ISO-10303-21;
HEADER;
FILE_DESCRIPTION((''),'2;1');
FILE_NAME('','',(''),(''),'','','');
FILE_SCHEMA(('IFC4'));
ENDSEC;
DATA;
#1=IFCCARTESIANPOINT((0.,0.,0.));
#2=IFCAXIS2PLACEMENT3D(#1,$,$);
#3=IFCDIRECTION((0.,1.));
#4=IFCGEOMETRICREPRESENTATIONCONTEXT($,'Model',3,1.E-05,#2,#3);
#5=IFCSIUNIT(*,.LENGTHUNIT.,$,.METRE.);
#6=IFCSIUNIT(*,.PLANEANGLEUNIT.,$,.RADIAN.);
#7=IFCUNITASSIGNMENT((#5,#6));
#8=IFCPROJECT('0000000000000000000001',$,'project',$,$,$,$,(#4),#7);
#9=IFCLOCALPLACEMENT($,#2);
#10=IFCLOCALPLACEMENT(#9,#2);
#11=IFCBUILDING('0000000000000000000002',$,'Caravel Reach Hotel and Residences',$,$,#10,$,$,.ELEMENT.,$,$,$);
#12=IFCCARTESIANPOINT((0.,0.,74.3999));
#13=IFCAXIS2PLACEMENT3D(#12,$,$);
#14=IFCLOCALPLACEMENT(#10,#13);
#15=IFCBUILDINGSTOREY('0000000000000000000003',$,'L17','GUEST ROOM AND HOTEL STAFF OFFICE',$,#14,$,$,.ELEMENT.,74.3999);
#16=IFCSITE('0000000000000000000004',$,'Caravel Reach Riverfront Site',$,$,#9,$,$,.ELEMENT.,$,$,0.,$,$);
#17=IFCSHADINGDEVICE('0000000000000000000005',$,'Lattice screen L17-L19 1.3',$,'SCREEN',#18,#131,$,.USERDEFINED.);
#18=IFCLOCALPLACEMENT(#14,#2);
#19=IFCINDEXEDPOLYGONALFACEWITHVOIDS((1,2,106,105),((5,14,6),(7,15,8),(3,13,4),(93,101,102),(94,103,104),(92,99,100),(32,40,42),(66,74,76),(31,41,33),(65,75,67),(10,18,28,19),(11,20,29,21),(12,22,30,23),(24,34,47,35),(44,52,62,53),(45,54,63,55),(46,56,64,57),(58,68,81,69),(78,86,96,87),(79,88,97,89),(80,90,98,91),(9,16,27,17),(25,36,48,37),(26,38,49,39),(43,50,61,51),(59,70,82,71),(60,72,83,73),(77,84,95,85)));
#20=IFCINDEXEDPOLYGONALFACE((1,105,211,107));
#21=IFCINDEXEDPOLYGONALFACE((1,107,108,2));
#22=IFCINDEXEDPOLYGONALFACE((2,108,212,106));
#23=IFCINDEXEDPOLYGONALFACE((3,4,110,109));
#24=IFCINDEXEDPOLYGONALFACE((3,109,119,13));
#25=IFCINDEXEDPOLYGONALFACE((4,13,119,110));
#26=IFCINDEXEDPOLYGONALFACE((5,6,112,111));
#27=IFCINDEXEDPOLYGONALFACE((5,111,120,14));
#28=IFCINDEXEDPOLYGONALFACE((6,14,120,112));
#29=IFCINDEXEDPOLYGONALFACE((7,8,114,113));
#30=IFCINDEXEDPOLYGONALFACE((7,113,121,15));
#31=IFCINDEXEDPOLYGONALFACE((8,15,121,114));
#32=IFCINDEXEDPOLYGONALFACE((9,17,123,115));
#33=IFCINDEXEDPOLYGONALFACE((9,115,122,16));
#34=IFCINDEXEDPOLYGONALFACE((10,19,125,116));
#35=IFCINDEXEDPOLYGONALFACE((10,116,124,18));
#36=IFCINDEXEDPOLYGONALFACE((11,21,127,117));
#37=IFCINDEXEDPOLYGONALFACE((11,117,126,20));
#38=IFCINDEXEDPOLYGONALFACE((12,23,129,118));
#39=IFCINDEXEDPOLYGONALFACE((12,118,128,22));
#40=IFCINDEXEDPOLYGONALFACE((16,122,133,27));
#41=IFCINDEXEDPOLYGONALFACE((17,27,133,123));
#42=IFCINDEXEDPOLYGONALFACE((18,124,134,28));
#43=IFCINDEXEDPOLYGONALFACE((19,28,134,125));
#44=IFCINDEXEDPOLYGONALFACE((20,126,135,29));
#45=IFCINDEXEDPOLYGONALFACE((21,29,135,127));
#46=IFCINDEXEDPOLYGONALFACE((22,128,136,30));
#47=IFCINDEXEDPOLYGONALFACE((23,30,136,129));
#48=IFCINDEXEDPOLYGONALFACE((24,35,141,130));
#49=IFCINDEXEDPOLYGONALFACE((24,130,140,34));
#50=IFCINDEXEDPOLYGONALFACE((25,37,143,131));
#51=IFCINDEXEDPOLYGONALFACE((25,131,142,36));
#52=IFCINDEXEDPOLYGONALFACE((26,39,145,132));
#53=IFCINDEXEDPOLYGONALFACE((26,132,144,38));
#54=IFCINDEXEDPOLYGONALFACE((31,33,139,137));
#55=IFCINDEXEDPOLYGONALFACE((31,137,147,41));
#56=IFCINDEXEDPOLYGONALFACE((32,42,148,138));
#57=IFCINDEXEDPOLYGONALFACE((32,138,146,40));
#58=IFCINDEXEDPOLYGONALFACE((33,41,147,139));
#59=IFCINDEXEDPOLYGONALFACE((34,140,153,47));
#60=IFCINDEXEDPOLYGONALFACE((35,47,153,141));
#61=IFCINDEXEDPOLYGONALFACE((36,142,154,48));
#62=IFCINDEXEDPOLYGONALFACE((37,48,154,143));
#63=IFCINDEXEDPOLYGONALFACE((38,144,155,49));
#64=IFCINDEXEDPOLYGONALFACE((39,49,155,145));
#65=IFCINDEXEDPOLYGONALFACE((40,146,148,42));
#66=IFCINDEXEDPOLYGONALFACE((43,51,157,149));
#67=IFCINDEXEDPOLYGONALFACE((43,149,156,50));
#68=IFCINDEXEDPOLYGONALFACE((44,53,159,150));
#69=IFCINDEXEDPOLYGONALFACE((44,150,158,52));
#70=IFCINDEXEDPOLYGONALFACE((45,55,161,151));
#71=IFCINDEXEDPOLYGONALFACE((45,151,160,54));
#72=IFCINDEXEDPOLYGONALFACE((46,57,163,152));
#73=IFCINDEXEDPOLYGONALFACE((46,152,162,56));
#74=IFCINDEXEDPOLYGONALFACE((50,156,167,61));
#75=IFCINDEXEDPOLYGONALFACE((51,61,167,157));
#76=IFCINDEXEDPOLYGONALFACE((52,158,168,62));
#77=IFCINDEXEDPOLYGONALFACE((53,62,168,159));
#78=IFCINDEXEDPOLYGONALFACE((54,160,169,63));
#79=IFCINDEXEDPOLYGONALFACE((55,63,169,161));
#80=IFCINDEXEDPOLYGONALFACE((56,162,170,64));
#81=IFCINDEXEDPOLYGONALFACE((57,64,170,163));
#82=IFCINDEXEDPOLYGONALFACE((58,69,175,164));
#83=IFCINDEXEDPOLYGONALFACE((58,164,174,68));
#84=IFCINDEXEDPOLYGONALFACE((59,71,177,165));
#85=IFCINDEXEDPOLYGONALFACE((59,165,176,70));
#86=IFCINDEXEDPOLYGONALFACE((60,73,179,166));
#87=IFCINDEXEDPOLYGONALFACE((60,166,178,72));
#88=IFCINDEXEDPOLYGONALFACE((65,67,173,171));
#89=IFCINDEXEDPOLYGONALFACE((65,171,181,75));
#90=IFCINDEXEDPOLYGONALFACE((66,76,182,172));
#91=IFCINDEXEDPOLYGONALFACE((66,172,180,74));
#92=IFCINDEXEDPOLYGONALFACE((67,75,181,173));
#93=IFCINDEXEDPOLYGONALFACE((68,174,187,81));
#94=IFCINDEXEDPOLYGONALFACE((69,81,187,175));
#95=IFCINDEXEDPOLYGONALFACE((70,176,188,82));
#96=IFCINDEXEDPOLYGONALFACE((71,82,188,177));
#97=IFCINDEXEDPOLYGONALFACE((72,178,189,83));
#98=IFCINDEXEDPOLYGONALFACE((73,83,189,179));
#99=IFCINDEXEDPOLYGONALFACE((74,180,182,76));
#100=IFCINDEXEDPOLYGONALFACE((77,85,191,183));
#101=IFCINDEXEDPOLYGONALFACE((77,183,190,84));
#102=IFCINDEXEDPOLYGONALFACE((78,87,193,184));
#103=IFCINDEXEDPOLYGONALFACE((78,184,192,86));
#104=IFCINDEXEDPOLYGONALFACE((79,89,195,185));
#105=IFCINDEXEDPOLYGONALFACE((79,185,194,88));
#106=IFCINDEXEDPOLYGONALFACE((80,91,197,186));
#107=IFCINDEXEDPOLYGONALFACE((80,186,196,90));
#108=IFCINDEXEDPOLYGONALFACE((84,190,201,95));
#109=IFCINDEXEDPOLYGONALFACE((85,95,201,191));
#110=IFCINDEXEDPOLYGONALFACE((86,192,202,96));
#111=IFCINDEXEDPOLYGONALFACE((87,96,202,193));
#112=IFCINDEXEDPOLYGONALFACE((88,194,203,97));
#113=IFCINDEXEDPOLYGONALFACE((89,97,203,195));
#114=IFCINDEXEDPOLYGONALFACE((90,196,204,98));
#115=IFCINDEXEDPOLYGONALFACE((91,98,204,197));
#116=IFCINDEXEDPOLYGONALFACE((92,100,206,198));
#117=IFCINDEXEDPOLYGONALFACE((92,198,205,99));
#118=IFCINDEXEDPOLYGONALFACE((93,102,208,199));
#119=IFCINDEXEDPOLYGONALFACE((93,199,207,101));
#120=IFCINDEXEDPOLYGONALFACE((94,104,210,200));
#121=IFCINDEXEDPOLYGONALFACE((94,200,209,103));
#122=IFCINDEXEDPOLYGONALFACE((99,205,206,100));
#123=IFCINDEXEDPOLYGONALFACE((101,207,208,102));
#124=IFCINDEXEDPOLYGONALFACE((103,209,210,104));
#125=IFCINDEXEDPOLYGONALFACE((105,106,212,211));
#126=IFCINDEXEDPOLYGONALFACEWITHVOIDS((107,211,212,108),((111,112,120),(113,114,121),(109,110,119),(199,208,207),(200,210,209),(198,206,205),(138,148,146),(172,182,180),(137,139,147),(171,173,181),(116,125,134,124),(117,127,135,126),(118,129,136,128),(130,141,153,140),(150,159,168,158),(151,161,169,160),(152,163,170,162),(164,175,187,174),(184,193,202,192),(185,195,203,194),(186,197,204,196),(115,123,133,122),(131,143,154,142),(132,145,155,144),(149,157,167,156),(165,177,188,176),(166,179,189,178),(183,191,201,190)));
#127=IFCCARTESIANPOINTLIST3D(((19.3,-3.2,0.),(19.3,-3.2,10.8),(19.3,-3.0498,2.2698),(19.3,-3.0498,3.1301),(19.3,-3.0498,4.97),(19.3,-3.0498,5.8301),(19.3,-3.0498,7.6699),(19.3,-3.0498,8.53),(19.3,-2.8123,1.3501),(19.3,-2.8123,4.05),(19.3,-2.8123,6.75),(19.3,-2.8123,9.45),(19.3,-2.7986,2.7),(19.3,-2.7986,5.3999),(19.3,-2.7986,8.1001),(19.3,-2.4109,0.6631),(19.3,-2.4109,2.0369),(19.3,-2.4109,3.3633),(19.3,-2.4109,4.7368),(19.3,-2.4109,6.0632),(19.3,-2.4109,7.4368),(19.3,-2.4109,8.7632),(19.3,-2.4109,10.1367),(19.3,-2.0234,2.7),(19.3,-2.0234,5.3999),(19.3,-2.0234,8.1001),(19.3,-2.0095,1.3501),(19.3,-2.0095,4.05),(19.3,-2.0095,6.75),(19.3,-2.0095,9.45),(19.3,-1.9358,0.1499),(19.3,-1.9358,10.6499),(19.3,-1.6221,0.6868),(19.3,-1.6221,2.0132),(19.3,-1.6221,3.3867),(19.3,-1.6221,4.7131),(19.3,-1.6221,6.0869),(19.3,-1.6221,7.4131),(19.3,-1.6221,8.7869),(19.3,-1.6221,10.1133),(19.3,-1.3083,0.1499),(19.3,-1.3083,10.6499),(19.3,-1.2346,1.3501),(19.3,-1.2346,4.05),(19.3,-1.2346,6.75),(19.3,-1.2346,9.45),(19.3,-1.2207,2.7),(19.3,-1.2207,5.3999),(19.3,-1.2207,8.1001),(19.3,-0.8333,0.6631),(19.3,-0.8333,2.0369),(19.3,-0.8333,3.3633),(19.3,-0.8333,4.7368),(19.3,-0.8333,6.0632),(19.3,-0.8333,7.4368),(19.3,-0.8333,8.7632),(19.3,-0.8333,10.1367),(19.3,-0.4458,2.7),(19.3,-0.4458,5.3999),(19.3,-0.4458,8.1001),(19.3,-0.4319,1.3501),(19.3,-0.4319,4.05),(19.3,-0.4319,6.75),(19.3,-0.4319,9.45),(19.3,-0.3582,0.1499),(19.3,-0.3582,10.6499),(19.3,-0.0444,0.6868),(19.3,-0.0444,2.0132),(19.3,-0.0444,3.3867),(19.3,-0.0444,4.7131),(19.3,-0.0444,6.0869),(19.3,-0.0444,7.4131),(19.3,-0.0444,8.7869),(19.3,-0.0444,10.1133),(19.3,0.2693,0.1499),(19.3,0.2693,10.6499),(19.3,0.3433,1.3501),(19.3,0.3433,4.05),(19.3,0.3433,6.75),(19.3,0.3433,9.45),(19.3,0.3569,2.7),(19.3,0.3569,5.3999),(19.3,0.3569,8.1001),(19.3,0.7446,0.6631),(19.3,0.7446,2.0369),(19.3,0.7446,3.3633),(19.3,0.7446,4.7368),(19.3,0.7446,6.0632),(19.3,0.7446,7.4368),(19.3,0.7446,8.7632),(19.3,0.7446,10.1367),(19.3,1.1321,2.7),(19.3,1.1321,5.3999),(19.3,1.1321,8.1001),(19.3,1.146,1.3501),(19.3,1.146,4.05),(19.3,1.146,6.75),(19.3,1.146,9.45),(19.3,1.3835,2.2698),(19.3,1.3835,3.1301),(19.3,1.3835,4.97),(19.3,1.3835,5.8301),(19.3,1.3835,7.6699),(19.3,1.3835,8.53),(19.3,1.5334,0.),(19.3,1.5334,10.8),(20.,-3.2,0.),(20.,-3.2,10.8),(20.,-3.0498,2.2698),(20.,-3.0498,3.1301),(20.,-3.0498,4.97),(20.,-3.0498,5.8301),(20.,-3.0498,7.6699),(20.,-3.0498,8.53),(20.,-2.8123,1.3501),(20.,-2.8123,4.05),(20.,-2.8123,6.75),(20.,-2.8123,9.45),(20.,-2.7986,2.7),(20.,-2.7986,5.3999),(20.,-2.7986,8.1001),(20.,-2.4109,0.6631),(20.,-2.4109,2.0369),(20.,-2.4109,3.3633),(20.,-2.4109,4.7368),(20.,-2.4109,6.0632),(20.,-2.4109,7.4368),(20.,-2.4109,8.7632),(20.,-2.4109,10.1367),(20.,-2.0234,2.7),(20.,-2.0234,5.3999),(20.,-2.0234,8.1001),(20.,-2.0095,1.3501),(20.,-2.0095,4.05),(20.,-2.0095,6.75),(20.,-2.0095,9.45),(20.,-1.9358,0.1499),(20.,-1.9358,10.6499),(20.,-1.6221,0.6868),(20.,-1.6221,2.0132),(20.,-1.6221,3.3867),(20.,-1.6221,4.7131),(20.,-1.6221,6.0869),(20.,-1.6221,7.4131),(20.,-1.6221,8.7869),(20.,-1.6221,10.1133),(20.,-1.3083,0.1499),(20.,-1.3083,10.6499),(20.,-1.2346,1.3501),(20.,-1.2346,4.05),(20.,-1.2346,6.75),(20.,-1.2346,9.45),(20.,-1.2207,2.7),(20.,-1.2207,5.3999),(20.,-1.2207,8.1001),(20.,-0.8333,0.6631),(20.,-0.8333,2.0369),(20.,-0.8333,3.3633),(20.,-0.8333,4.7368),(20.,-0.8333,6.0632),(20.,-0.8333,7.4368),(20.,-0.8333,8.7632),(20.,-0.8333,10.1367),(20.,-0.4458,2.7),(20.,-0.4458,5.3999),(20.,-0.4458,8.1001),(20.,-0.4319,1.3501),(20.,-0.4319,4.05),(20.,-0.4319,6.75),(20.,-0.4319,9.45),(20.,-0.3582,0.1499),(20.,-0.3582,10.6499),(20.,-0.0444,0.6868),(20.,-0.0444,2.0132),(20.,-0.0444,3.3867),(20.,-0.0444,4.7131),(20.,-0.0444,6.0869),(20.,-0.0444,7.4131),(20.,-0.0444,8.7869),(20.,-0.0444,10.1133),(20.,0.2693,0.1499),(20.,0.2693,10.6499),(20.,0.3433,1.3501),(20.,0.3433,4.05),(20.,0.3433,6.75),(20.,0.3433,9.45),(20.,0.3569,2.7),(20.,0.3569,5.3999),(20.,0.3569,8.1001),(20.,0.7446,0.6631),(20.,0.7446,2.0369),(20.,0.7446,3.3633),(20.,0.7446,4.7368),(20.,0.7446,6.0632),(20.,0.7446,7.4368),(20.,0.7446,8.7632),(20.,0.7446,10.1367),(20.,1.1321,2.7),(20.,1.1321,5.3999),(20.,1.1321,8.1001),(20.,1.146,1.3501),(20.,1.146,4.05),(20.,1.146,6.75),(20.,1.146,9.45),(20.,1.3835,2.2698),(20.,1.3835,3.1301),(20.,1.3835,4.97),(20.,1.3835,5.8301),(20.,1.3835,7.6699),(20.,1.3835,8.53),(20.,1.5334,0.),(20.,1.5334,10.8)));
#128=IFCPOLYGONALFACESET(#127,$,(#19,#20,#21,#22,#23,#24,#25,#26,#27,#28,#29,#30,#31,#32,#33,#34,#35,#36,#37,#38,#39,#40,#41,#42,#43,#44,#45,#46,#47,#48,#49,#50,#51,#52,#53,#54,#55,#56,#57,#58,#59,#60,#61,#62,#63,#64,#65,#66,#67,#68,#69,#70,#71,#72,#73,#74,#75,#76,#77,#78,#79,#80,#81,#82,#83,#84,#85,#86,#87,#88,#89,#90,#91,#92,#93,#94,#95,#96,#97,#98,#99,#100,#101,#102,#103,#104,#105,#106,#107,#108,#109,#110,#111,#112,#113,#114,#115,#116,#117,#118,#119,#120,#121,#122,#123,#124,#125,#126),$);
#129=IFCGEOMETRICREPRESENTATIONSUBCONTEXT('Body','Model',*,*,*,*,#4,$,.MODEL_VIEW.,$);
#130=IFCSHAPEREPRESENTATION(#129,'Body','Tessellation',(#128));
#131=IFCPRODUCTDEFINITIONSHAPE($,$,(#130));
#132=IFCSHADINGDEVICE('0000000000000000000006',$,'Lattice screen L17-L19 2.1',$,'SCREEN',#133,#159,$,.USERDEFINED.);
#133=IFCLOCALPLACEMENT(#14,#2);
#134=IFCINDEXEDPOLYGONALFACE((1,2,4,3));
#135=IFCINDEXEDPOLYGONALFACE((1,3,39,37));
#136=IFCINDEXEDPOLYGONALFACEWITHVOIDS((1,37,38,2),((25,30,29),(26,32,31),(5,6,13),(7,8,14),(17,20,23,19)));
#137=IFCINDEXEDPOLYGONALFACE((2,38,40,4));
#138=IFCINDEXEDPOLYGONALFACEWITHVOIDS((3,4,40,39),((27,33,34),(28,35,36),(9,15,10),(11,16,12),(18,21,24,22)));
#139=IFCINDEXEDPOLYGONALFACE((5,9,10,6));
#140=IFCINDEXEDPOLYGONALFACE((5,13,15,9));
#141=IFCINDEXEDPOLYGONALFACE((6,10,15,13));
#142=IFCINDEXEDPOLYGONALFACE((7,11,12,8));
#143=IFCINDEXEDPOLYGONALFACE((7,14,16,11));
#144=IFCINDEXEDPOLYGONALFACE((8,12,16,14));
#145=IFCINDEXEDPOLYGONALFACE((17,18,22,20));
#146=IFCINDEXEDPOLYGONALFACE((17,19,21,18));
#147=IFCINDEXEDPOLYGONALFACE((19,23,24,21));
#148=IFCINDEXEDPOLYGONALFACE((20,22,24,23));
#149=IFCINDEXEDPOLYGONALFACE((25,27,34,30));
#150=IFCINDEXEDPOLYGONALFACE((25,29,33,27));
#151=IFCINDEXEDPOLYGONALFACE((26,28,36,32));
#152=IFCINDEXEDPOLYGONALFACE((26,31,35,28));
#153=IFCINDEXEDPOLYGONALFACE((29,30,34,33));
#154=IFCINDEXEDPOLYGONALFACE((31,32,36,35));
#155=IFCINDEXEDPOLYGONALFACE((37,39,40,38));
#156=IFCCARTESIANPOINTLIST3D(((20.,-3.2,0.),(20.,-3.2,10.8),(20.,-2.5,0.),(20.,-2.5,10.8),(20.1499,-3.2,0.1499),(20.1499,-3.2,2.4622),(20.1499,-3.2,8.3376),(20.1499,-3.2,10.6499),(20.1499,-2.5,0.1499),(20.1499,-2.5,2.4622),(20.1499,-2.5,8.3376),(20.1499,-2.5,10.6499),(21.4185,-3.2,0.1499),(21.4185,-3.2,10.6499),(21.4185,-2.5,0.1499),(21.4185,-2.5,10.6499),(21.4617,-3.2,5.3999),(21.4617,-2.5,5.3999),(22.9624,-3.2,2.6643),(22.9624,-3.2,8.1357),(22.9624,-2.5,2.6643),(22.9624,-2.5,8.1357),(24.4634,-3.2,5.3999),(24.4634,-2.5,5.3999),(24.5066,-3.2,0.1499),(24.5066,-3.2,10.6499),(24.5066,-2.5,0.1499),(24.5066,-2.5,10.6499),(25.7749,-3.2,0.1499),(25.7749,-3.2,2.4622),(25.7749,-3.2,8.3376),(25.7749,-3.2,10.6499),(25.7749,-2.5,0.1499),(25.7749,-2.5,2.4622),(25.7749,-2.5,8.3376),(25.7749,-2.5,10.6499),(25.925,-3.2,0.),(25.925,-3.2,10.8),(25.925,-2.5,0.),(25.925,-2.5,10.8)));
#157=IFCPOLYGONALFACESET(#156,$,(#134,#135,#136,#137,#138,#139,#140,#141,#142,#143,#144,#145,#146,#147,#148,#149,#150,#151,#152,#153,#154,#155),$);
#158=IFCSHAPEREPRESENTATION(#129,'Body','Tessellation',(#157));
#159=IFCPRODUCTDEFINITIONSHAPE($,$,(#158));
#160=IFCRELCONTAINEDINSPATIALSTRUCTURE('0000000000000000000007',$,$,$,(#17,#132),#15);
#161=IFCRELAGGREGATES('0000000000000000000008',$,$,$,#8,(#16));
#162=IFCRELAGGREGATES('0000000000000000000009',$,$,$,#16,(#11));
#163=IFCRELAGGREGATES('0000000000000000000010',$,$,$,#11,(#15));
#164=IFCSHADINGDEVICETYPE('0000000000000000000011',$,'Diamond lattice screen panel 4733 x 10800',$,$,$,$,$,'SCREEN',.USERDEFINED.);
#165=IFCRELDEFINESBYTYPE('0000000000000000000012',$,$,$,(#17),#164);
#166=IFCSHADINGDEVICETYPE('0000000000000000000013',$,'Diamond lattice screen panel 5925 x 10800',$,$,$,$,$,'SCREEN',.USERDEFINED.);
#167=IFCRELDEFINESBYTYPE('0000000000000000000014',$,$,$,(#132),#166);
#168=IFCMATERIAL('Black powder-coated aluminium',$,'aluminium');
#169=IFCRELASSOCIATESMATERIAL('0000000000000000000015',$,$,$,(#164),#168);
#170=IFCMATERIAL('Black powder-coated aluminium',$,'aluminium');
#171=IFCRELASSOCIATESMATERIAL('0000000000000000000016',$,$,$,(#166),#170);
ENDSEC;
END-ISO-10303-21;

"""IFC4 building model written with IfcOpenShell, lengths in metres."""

from ifc_helpers import new_model, si_unit, direction, frame, origin, place, context, subcontext, project, spatial, polyline, outline, extrude, material, type_object, element, save


model = new_model("IFC4")

# Units and contexts
model_context = context("Model", 3, precision=1e-05, world=origin(), true_north=direction((0.0, 1.0)))
body_context = subcontext(model_context, "Body", "Model", "MODEL_VIEW")
ifc_project = project(units=[si_unit("LENGTHUNIT", "METRE"), si_unit("PLANEANGLEUNIT", "RADIAN")], contexts=[model_context])

# Site, building, storey
site_placement = place(None, origin())
site = spatial("IfcSite", under=ifc_project, at=site_placement, Name="Caravel Reach Riverfront Site", CompositionType="ELEMENT", RefElevation=0.0)
building_placement = place(site_placement, origin())
building = spatial("IfcBuilding", under=site, at=building_placement, Name="Caravel Reach Hotel and Residences", CompositionType="ELEMENT")
storey_placement = place(building_placement, frame((0.0, 0.0, 74.3999)))
storey = spatial("IfcBuildingStorey", under=building, at=storey_placement, Name="L17", Description="GUEST ROOM AND HOTEL STAFF OFFICE", CompositionType="ELEMENT", Elevation=74.3999)

# Shading devices
ifc_material_1 = material(Name="Black powder-coated aluminium", Category="aluminium")
shading_device_type_1 = type_object("IfcShadingDeviceType", Name="Diamond lattice screen panel 4733 x 10800", ElementType="SCREEN", PredefinedType="USERDEFINED", material=ifc_material_1)
shading_device_placement = place(storey_placement, frame((20.0, 1.5334, 0.0), z_axis=(-1.0, 0.0, 0.0), x_axis=(0.0, -1.0, 0.0)))
element("IfcShadingDevice", 1, at=shading_device_placement, inside=storey, type_object=shading_device_type_1, Name="Lattice screen L17-L19 1.3", ObjectType="SCREEN", PredefinedType="USERDEFINED", context=body_context, shape_type="SweptSolid", body=[
    extrude(outline(polyline([(0.0, 0.0), (4.7334, 0.0), (4.7334, 10.8), (0.0, 10.8), (0.0, 0.0)]), holes=[polyline([(0.4014, 2.7), (0.1499, 3.1301), (0.1499, 2.2698), (0.4014, 2.7)]), polyline([(0.4014, 5.3999), (0.1499, 5.8301), (0.1499, 4.97), (0.4014, 5.3999)]), polyline([(0.4014, 8.1001), (0.1499, 8.53), (0.1499, 7.6699), (0.4014, 8.1001)]), polyline([(0.7888, 2.0369), (0.3875, 1.3501), (0.7888, 0.6631), (1.1902, 1.3501), (0.7888, 2.0369)]), polyline([(0.7888, 4.7368), (0.3875, 4.05), (0.7888, 3.3633), (1.1902, 4.05), (0.7888, 4.7368)]), polyline([(0.7888, 7.4368), (0.3875, 6.75), (0.7888, 6.0632), (1.1902, 6.75), (0.7888, 7.4368)]), polyline([(0.7888, 10.1367), (0.3875, 9.45), (0.7888, 8.7632), (1.1902, 9.45), (0.7888, 10.1367)]), polyline([(1.5779, 0.6868), (1.2642, 0.1499), (1.8916, 0.1499), (1.5779, 0.6868)]), polyline([(1.5779, 3.3867), (1.1765, 2.7), (1.5779, 2.0132), (1.9792, 2.7), (1.5779, 3.3867)]), polyline([(1.5779, 6.0869), (1.1765, 5.3999), (1.5779, 4.7131), (1.9792, 5.3999), (1.5779, 6.0869)]), polyline([(1.5779, 8.7869), (1.1765, 8.1001), (1.5779, 7.4131), (1.9792, 8.1001), (1.5779, 8.7869)]), polyline([(1.5779, 10.1133), (1.8916, 10.6499), (1.2642, 10.6499), (1.5779, 10.1133)]), polyline([(2.3667, 2.0369), (1.9653, 1.3501), (2.3667, 0.6631), (2.7681, 1.3501), (2.3667, 2.0369)]), polyline([(2.3667, 4.7368), (1.9653, 4.05), (2.3667, 3.3633), (2.7681, 4.05), (2.3667, 4.7368)]), polyline([(2.3667, 7.4368), (1.9653, 6.75), (2.3667, 6.0632), (2.7681, 6.75), (2.3667, 7.4368)]), polyline([(2.3667, 10.1367), (1.9653, 9.45), (2.3667, 8.7632), (2.7681, 9.45), (2.3667, 10.1367)]), polyline([(3.1555, 0.6868), (2.8418, 0.1499), (3.4692, 0.1499), (3.1555, 0.6868)]), polyline([(3.1555, 3.3867), (2.7542, 2.7), (3.1555, 2.0132), (3.5569, 2.7), (3.1555, 3.3867)]), polyline([(3.1555, 6.0869), (2.7542, 5.3999), (3.1555, 4.7131), (3.5569, 5.3999), (3.1555, 6.0869)]), polyline([(3.1555, 8.7869), (2.7542, 8.1001), (3.1555, 7.4131), (3.5569, 8.1001), (3.1555, 8.7869)]), polyline([(3.1555, 10.1133), (3.4692, 10.6499), (2.8418, 10.6499), (3.1555, 10.1133)]), polyline([(3.9443, 2.0369), (3.543, 1.3501), (3.9443, 0.6631), (4.3457, 1.3501), (3.9443, 2.0369)]), polyline([(3.9443, 4.7368), (3.543, 4.05), (3.9443, 3.3633), (4.3457, 4.05), (3.9443, 4.7368)]), polyline([(3.9443, 7.4368), (3.543, 6.75), (3.9443, 6.0632), (4.3457, 6.75), (3.9443, 7.4368)]), polyline([(3.9443, 10.1367), (3.543, 9.45), (3.9443, 8.7632), (4.3457, 9.45), (3.9443, 10.1367)]), polyline([(4.332, 2.7), (4.5833, 2.2698), (4.5833, 3.1301), (4.332, 2.7)]), polyline([(4.332, 5.3999), (4.5833, 4.97), (4.5833, 5.8301), (4.332, 5.3999)]), polyline([(4.332, 8.1001), (4.5833, 7.6699), (4.5833, 8.53), (4.332, 8.1001)])]), origin(), (0.0, 0.0, 1.0), 0.7),
])
ifc_material_2 = material(Name="Black powder-coated aluminium", Category="aluminium")
shading_device_type_2 = type_object("IfcShadingDeviceType", Name="Diamond lattice screen panel 5925 x 10800", ElementType="SCREEN", PredefinedType="USERDEFINED", material=ifc_material_2)
for number, where, z_axis, x_axis, name in (
    (2, (20.0, -2.5, 0.0), (0.0, -1.0, 0.0), (1.0, 0.0, 0.0), "Lattice screen L17-L19 2.1"),
):
    element("IfcShadingDevice", number, at=place(storey_placement, frame(where, z_axis=z_axis, x_axis=x_axis)), inside=storey, type_object=shading_device_type_2, Name=name, ObjectType="SCREEN", PredefinedType="USERDEFINED", context=body_context, shape_type="SweptSolid", body=[
        extrude(outline(polyline([(0.0, 0.0), (5.925, 0.0), (5.925, 10.8), (0.0, 10.8), (0.0, 0.0)]), holes=[polyline([(1.4185, 0.1499), (0.1499, 2.4622), (0.1499, 0.1499), (1.4185, 0.1499)]), polyline([(0.1499, 8.3376), (1.4185, 10.6499), (0.1499, 10.6499), (0.1499, 8.3376)]), polyline([(2.9624, 8.1357), (1.4617, 5.3999), (2.9624, 2.6643), (4.4634, 5.3999), (2.9624, 8.1357)]), polyline([(5.7749, 2.4622), (4.5066, 0.1499), (5.7749, 0.1499), (5.7749, 2.4622)]), polyline([(4.5066, 10.6499), (5.7749, 8.3376), (5.7749, 10.6499), (4.5066, 10.6499)])]), origin(), (0.0, 0.0, 1.0), 0.7),
    ])

save(model, "model.ifc")
